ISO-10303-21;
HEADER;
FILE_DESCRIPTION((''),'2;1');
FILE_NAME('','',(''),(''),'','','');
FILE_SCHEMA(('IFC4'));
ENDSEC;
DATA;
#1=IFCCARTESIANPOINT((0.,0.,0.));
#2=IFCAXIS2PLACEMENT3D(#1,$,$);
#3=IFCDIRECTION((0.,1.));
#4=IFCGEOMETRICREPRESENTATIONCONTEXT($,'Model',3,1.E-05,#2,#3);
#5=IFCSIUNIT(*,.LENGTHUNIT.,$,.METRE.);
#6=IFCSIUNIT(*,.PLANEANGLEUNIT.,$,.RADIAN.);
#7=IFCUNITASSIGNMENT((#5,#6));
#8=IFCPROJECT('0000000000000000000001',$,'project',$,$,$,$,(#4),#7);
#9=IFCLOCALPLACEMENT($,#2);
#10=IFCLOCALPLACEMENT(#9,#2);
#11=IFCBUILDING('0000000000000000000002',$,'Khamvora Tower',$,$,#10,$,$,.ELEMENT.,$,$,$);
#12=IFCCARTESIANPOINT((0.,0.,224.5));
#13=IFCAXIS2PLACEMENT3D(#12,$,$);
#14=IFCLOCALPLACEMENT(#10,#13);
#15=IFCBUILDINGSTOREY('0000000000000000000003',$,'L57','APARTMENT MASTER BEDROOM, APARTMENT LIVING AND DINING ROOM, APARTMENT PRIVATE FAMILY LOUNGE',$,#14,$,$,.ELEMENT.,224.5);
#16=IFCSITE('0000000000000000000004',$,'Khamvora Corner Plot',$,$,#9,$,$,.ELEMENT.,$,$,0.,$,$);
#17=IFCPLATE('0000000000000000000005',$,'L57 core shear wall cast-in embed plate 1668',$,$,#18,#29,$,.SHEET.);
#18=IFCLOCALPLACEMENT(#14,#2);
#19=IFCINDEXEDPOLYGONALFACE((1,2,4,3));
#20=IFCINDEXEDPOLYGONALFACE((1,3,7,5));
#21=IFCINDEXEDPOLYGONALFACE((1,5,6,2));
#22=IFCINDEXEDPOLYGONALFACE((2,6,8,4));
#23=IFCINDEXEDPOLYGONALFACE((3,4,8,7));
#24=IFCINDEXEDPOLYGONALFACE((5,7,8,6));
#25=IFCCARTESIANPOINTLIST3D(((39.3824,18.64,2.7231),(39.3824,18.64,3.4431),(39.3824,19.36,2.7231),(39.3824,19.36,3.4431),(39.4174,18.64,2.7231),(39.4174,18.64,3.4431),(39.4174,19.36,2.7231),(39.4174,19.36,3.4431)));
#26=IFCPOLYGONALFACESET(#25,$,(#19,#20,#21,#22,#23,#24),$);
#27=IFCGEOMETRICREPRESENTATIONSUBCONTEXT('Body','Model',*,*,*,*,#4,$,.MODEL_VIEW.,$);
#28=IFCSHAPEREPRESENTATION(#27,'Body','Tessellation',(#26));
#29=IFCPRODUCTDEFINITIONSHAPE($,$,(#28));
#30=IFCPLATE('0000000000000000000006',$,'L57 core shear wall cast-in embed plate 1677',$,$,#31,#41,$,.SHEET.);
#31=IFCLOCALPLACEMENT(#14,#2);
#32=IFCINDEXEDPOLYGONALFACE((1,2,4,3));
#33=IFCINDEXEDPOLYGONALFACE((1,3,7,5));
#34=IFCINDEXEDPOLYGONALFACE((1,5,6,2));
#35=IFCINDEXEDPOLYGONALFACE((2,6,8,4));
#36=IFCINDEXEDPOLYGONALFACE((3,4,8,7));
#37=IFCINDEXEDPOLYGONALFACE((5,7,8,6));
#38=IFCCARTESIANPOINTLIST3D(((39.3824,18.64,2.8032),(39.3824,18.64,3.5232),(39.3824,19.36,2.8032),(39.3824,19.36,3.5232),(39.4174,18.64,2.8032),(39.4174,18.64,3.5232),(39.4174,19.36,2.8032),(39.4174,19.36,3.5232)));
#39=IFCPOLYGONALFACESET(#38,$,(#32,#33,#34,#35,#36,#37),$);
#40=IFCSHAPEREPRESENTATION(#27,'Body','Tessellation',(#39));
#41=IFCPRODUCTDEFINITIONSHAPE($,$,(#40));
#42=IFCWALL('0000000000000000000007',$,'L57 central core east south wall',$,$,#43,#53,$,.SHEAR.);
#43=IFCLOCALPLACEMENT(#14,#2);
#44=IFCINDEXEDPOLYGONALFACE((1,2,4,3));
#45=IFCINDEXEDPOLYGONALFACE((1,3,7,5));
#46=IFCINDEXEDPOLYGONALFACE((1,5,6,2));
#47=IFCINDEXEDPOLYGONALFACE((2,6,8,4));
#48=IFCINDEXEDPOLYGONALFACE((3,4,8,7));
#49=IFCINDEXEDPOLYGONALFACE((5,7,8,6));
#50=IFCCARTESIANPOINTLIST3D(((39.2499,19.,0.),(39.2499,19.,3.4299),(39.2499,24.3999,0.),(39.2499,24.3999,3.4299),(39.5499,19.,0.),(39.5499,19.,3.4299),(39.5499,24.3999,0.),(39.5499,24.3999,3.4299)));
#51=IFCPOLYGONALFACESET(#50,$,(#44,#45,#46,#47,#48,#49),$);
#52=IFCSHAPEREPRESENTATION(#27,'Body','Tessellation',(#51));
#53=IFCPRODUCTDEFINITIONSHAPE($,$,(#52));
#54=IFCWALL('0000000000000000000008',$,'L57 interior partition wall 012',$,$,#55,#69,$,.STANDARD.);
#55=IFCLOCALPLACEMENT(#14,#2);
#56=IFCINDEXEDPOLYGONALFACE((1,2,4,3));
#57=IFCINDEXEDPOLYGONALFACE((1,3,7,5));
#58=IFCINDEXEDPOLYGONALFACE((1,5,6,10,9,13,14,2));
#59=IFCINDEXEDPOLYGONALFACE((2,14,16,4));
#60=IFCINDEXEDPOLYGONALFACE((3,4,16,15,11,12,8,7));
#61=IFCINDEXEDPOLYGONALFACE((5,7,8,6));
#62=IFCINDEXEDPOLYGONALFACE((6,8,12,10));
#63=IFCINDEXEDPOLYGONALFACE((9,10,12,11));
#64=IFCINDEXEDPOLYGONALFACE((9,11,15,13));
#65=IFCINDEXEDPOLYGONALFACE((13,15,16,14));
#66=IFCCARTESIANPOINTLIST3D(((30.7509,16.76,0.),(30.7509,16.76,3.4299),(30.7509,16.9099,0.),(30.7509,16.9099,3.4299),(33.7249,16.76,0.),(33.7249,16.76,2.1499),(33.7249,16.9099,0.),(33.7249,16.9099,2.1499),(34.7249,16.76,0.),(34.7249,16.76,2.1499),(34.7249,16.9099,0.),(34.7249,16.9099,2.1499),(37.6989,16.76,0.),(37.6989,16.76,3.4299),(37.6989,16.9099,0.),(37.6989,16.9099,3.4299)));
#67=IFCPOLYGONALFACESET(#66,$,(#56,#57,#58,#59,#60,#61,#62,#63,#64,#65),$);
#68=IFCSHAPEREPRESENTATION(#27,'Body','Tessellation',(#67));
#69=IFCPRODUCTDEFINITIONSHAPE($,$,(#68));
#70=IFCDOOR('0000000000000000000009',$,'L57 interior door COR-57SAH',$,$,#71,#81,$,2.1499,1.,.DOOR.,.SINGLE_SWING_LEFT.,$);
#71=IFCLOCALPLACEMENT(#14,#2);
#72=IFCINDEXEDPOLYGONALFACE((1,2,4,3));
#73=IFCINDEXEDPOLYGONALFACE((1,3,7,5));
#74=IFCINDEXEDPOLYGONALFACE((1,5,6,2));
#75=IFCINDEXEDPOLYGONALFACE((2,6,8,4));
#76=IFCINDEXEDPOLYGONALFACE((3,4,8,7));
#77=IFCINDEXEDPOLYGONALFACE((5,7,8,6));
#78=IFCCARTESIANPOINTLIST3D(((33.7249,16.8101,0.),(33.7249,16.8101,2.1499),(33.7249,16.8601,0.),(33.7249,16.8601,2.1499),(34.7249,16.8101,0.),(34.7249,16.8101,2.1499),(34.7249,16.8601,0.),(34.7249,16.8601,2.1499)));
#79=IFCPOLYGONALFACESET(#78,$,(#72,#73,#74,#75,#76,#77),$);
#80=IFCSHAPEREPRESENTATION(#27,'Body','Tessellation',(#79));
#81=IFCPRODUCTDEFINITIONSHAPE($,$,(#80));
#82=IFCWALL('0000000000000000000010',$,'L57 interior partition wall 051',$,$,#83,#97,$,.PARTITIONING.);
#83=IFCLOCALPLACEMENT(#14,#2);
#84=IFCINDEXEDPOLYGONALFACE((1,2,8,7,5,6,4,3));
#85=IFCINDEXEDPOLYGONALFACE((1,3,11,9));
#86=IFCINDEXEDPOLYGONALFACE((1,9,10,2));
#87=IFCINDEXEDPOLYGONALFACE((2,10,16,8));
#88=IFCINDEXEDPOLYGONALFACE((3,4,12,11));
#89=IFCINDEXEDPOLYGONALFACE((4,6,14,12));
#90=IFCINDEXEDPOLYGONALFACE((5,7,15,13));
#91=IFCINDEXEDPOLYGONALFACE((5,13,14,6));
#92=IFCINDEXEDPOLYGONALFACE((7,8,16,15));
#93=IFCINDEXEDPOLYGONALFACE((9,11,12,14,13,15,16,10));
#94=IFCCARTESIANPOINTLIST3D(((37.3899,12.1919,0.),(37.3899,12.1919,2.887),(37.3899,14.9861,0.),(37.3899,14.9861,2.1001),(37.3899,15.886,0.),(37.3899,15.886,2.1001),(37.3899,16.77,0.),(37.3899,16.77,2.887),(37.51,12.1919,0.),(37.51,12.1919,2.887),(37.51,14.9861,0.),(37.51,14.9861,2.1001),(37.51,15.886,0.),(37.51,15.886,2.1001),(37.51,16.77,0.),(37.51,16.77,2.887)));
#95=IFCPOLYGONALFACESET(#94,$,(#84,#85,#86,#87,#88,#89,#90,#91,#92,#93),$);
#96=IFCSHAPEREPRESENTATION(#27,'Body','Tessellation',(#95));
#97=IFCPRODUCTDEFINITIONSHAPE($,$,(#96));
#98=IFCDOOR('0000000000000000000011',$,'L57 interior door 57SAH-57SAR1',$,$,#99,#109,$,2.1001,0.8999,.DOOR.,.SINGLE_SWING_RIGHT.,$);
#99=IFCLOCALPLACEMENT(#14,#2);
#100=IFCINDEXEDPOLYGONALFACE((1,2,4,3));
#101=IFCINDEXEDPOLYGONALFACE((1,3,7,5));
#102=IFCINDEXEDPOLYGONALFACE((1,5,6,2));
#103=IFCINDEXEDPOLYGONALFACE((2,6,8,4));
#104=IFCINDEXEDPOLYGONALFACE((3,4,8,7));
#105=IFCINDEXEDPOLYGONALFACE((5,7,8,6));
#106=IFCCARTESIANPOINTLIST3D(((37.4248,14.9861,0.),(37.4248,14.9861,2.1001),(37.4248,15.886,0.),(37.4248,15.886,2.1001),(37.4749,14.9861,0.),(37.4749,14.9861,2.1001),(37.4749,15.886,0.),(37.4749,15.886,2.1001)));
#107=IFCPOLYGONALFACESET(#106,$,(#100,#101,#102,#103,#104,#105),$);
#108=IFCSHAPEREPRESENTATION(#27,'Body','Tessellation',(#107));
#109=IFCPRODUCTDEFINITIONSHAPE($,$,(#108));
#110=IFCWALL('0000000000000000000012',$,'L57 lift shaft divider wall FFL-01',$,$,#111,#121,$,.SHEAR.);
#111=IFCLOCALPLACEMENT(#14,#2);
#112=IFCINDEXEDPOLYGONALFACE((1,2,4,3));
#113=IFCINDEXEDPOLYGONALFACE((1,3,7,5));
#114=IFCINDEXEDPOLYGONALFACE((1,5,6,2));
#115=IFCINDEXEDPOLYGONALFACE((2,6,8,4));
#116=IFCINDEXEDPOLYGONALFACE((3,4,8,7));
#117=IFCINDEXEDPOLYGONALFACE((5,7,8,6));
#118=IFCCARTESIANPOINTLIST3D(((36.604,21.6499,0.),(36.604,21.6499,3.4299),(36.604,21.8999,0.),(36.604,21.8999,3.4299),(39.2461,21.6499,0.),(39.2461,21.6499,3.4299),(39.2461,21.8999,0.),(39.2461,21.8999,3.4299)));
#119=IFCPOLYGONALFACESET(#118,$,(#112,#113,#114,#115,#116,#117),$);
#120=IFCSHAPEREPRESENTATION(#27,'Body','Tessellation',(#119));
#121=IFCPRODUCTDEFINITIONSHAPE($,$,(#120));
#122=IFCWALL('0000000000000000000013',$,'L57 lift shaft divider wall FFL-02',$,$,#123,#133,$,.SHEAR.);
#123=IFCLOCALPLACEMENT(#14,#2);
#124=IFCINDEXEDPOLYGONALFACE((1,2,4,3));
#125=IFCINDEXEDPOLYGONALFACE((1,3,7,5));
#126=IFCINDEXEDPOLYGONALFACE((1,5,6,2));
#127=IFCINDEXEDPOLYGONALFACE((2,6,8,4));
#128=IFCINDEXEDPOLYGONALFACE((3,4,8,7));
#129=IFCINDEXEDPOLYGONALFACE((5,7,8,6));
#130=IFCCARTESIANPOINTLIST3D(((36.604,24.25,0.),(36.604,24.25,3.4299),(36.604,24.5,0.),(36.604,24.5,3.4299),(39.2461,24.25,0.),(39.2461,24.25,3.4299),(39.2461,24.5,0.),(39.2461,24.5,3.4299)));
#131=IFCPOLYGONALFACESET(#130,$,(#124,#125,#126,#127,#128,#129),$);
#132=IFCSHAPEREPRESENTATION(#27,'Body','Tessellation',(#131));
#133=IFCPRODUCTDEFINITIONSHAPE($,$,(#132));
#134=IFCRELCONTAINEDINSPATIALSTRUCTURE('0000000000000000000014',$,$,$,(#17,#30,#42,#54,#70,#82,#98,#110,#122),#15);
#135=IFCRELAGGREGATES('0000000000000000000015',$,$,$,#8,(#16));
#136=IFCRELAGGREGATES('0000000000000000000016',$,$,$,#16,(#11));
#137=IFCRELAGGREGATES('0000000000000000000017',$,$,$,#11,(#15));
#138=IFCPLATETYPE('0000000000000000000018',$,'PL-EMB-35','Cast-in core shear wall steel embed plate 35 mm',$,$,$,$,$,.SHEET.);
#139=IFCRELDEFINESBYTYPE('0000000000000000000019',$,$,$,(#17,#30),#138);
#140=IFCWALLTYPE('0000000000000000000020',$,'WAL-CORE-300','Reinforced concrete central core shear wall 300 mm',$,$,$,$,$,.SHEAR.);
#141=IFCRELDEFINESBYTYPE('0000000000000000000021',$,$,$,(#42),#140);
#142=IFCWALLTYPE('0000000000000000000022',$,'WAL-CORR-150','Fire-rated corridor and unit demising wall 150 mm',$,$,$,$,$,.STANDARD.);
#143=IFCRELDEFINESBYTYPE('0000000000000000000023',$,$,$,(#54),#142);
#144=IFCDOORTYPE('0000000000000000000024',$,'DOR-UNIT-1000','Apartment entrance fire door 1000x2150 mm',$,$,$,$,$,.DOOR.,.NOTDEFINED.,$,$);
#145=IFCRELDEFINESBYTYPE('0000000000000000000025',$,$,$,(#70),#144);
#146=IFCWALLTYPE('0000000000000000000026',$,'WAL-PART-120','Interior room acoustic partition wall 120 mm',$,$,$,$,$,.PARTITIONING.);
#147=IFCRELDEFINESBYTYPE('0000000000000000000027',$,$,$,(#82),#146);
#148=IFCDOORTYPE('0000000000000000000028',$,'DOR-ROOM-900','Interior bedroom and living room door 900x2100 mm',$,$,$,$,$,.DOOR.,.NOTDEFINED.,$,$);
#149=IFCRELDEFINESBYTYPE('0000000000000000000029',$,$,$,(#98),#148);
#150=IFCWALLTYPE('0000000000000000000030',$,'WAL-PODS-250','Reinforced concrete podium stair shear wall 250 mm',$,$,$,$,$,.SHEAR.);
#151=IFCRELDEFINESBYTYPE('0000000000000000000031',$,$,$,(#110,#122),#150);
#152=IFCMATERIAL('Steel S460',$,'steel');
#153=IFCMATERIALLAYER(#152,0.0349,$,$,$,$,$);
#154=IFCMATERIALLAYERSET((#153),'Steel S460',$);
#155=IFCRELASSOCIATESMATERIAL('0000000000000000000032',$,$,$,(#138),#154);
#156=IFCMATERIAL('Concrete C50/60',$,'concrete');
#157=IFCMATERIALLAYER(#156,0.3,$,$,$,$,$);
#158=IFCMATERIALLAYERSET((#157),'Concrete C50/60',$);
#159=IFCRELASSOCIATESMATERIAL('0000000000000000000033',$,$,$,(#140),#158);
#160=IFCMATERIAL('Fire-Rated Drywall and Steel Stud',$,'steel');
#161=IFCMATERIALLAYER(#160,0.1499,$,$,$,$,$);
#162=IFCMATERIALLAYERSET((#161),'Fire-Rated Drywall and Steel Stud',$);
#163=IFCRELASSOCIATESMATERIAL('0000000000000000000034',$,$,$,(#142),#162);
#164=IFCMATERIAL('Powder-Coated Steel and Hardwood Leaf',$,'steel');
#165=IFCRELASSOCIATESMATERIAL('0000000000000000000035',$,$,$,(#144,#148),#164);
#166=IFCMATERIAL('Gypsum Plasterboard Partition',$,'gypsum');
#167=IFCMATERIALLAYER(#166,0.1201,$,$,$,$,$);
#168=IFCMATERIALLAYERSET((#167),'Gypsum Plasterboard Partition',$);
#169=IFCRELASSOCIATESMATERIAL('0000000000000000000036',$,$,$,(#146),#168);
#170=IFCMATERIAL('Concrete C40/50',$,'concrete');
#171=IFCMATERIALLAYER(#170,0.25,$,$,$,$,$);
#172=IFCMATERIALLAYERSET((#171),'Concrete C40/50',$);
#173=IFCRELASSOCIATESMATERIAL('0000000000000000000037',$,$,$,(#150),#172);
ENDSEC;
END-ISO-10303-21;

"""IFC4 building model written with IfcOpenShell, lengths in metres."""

from ifc_helpers import new_model, si_unit, direction, frame, frame_2d, origin, origin_2d, place, context, subcontext, project, spatial, rectangle, extrude, material, layer, layer_set, type_object, element, fill, save


model = new_model("IFC4")

# Units and contexts
model_context = context("Model", 3, precision=1e-05, world=origin(), true_north=direction((0.0, 1.0)))
body_context = subcontext(model_context, "Body", "Model", "MODEL_VIEW")
ifc_project = project(units=[si_unit("LENGTHUNIT", "METRE"), si_unit("PLANEANGLEUNIT", "RADIAN")], contexts=[model_context])

# Site, building, storey
site_placement = place(None, origin())
site = spatial("IfcSite", under=ifc_project, at=site_placement, Name="Khamvora Corner Plot", CompositionType="ELEMENT", RefElevation=0.0)
building_placement = place(site_placement, origin())
building = spatial("IfcBuilding", under=site, at=building_placement, Name="Khamvora Tower", CompositionType="ELEMENT")
storey_placement = place(building_placement, frame((0.0, 0.0, 224.5)))
storey = spatial("IfcBuildingStorey", under=building, at=storey_placement, Name="L57", Description="APARTMENT MASTER BEDROOM, APARTMENT LIVING AND DINING ROOM, APARTMENT PRIVATE FAMILY LOUNGE", CompositionType="ELEMENT", Elevation=224.5)

# Shared definitions
ifc_material_1 = material(Name="Steel S460", Category="steel")

# Plates
ifc_layer_1 = layer(ifc_material_1, 0.0349)
ifc_layer_set_1 = layer_set([ifc_layer_1], Name="Steel S460")
plate_type = type_object("IfcPlateType", Name="PL-EMB-35", Description="Cast-in core shear wall steel embed plate 35 mm", PredefinedType="SHEET", material=ifc_layer_set_1)
for number, where, z_axis, x_axis, name in (
    (1, (39.3999, 19.0, 2.7231), (0.0, 0.0, 1.0), (1.0, 0.0, 0.0), "L57 core shear wall cast-in embed plate 1668"),
    (2, (39.3999, 19.0, 2.8032), (0.0, 0.0, 1.0), (1.0, 0.0, 0.0), "L57 core shear wall cast-in embed plate 1677"),
):
    element("IfcPlate", number, at=place(storey_placement, frame(where, z_axis=z_axis, x_axis=x_axis)), inside=storey, type_object=plate_type, Name=name, PredefinedType="SHEET", context=body_context, shape_type="SweptSolid", body=[
        extrude(rectangle(XDim=0.0349, YDim=0.72, at=origin_2d()), origin(), (0.0, 0.0, 1.0), 0.72),
    ])

# Wall
ifc_material_2 = material(Name="Concrete C50/60", Category="concrete")
ifc_layer_2 = layer(ifc_material_2, 0.3)
ifc_layer_set_2 = layer_set([ifc_layer_2], Name="Concrete C50/60")
wall_type_1 = type_object("IfcWallType", Name="WAL-CORE-300", Description="Reinforced concrete central core shear wall 300 mm", PredefinedType="SHEAR", material=ifc_layer_set_2)
wall_1_placement = place(storey_placement, frame((39.3999, 19.0, 0.0), z_axis=(0.0, 0.0, 1.0), x_axis=(0.0, 1.0, 0.0)))
element("IfcWall", 3, at=wall_1_placement, inside=storey, type_object=wall_type_1, Name="L57 central core east south wall", PredefinedType="SHEAR", context=body_context, shape_type="SweptSolid", body=[
    extrude(rectangle(XDim=5.3999, YDim=0.3, at=frame_2d((2.7, 0.0))), origin(), (0.0, 0.0, 1.0), 3.4299),
])

# Walls, openings, doors
ifc_material_3 = material(Name="Fire-Rated Drywall and Steel Stud", Category="steel")
ifc_layer_3 = layer(ifc_material_3, 0.1499)
ifc_layer_set_3 = layer_set([ifc_layer_3], Name="Fire-Rated Drywall and Steel Stud")
wall_type_2 = type_object("IfcWallType", Name="WAL-CORR-150", Description="Fire-rated corridor and unit demising wall 150 mm", PredefinedType="STANDARD", material=ifc_layer_set_3)
wall_2_placement = place(storey_placement, frame((37.699, 16.835, 0.0), z_axis=(0.0, 0.0, 1.0), x_axis=(-1.0, 0.0, 0.0)))
wall_2 = element("IfcWall", 4, at=wall_2_placement, inside=storey, type_object=wall_type_2, Name="L57 interior partition wall 012", PredefinedType="STANDARD", context=body_context, shape_type="SweptSolid", body=[
    extrude(rectangle(XDim=6.948, YDim=0.1499, at=frame_2d((3.4741, 0.0))), origin(), (0.0, 0.0, 1.0), 3.4299),
])
opening_1_placement = place(wall_2_placement, frame((2.9741, 0.0, 0.0)))
opening_1 = element("IfcOpeningElement", 5, at=opening_1_placement, cuts=wall_2, PredefinedType="OPENING", context=body_context, shape_type="SweptSolid", body=[
    extrude(rectangle(XDim=1.0, YDim=2.1499, at=frame_2d((0.5, 1.075))), frame((0.0, 0.085, 0.0), z_axis=(0.0, -1.0, 0.0), x_axis=(1.0, 0.0, 0.0)), (0.0, 0.0, 1.0), 0.1699),
])
ifc_material_4 = material(Name="Powder-Coated Steel and Hardwood Leaf", Category="steel")
door_type_1 = type_object("IfcDoorType", Name="DOR-UNIT-1000", Description="Apartment entrance fire door 1000x2150 mm", OperationType="NOTDEFINED", PredefinedType="DOOR", material=ifc_material_4)
door_1_placement = place(opening_1_placement, origin())
door_1 = element("IfcDoor", 6, at=door_1_placement, inside=storey, type_object=door_type_1, Name="L57 interior door COR-57SAH", OperationType="SINGLE_SWING_LEFT", OverallHeight=2.1499, OverallWidth=1.0, PredefinedType="DOOR", context=body_context, shape_type="SweptSolid", body=[
    extrude(rectangle(XDim=1.0, YDim=2.1499, at=frame_2d((0.5, 1.075))), frame((0.0, 0.0249, 0.0), z_axis=(0.0, -1.0, 0.0), x_axis=(1.0, 0.0, 0.0)), (0.0, 0.0, 1.0), 0.05),
])
fill(opening_1, door_1)
ifc_material_5 = material(Name="Gypsum Plasterboard Partition", Category="gypsum")
ifc_layer_4 = layer(ifc_material_5, 0.1201)
ifc_layer_set_4 = layer_set([ifc_layer_4], Name="Gypsum Plasterboard Partition")
wall_type_3 = type_object("IfcWallType", Name="WAL-PART-120", Description="Interior room acoustic partition wall 120 mm", PredefinedType="PARTITIONING", material=ifc_layer_set_4)
wall_3_placement = place(storey_placement, frame((37.45, 16.77, 0.0), z_axis=(0.0, 0.0, 1.0), x_axis=(0.0, -1.0, 0.0)))
wall_3 = element("IfcWall", 7, at=wall_3_placement, inside=storey, type_object=wall_type_3, Name="L57 interior partition wall 051", PredefinedType="PARTITIONING", context=body_context, shape_type="SweptSolid", body=[
    extrude(rectangle(XDim=4.5781, YDim=0.1201, at=frame_2d((2.2891, 0.0))), origin(), (0.0, 0.0, 1.0), 2.887),
])
opening_2_placement = place(wall_3_placement, frame((0.884, 0.0, 0.0)))
opening_2 = element("IfcOpeningElement", 8, at=opening_2_placement, cuts=wall_3, PredefinedType="OPENING", context=body_context, shape_type="SweptSolid", body=[
    extrude(rectangle(XDim=0.8999, YDim=2.1001, at=frame_2d((0.45, 1.05))), frame((0.0, 0.0701, 0.0), z_axis=(0.0, -1.0, 0.0), x_axis=(1.0, 0.0, 0.0)), (0.0, 0.0, 1.0), 0.1401),
])
door_type_2 = type_object("IfcDoorType", Name="DOR-ROOM-900", Description="Interior bedroom and living room door 900x2100 mm", OperationType="NOTDEFINED", PredefinedType="DOOR", material=ifc_material_4)
door_2_placement = place(opening_2_placement, origin())
door_2 = element("IfcDoor", 9, at=door_2_placement, inside=storey, type_object=door_type_2, Name="L57 interior door 57SAH-57SAR1", OperationType="SINGLE_SWING_RIGHT", OverallHeight=2.1001, OverallWidth=0.8999, PredefinedType="DOOR", context=body_context, shape_type="SweptSolid", body=[
    extrude(rectangle(XDim=0.8999, YDim=2.1001, at=frame_2d((0.45, 1.05))), frame((0.0, 0.0249, 0.0), z_axis=(0.0, -1.0, 0.0), x_axis=(1.0, 0.0, 0.0)), (0.0, 0.0, 1.0), 0.05),
])
fill(opening_2, door_2)

# Walls
ifc_material_6 = material(Name="Concrete C40/50", Category="concrete")
ifc_layer_5 = layer(ifc_material_6, 0.25)
ifc_layer_set_5 = layer_set([ifc_layer_5], Name="Concrete C40/50")
wall_type_4 = type_object("IfcWallType", Name="WAL-PODS-250", Description="Reinforced concrete podium stair shear wall 250 mm", PredefinedType="SHEAR", material=ifc_layer_set_5)
for number, where, z_axis, x_axis, name in (
    (10, (36.604, 21.7749, 0.0), (0.0, 0.0, 1.0), (1.0, 0.0, 0.0), "L57 lift shaft divider wall FFL-01"),
    (11, (36.604, 24.375, 0.0), (0.0, 0.0, 1.0), (1.0, 0.0, 0.0), "L57 lift shaft divider wall FFL-02"),
):
    element("IfcWall", number, at=place(storey_placement, frame(where, z_axis=z_axis, x_axis=x_axis)), inside=storey, type_object=wall_type_4, Name=name, PredefinedType="SHEAR", context=body_context, shape_type="SweptSolid", body=[
        extrude(rectangle(XDim=2.6421, YDim=0.25, at=frame_2d((1.321, 0.0))), origin(), (0.0, 0.0, 1.0), 3.4299),
    ])

save(model, "model.ifc")
